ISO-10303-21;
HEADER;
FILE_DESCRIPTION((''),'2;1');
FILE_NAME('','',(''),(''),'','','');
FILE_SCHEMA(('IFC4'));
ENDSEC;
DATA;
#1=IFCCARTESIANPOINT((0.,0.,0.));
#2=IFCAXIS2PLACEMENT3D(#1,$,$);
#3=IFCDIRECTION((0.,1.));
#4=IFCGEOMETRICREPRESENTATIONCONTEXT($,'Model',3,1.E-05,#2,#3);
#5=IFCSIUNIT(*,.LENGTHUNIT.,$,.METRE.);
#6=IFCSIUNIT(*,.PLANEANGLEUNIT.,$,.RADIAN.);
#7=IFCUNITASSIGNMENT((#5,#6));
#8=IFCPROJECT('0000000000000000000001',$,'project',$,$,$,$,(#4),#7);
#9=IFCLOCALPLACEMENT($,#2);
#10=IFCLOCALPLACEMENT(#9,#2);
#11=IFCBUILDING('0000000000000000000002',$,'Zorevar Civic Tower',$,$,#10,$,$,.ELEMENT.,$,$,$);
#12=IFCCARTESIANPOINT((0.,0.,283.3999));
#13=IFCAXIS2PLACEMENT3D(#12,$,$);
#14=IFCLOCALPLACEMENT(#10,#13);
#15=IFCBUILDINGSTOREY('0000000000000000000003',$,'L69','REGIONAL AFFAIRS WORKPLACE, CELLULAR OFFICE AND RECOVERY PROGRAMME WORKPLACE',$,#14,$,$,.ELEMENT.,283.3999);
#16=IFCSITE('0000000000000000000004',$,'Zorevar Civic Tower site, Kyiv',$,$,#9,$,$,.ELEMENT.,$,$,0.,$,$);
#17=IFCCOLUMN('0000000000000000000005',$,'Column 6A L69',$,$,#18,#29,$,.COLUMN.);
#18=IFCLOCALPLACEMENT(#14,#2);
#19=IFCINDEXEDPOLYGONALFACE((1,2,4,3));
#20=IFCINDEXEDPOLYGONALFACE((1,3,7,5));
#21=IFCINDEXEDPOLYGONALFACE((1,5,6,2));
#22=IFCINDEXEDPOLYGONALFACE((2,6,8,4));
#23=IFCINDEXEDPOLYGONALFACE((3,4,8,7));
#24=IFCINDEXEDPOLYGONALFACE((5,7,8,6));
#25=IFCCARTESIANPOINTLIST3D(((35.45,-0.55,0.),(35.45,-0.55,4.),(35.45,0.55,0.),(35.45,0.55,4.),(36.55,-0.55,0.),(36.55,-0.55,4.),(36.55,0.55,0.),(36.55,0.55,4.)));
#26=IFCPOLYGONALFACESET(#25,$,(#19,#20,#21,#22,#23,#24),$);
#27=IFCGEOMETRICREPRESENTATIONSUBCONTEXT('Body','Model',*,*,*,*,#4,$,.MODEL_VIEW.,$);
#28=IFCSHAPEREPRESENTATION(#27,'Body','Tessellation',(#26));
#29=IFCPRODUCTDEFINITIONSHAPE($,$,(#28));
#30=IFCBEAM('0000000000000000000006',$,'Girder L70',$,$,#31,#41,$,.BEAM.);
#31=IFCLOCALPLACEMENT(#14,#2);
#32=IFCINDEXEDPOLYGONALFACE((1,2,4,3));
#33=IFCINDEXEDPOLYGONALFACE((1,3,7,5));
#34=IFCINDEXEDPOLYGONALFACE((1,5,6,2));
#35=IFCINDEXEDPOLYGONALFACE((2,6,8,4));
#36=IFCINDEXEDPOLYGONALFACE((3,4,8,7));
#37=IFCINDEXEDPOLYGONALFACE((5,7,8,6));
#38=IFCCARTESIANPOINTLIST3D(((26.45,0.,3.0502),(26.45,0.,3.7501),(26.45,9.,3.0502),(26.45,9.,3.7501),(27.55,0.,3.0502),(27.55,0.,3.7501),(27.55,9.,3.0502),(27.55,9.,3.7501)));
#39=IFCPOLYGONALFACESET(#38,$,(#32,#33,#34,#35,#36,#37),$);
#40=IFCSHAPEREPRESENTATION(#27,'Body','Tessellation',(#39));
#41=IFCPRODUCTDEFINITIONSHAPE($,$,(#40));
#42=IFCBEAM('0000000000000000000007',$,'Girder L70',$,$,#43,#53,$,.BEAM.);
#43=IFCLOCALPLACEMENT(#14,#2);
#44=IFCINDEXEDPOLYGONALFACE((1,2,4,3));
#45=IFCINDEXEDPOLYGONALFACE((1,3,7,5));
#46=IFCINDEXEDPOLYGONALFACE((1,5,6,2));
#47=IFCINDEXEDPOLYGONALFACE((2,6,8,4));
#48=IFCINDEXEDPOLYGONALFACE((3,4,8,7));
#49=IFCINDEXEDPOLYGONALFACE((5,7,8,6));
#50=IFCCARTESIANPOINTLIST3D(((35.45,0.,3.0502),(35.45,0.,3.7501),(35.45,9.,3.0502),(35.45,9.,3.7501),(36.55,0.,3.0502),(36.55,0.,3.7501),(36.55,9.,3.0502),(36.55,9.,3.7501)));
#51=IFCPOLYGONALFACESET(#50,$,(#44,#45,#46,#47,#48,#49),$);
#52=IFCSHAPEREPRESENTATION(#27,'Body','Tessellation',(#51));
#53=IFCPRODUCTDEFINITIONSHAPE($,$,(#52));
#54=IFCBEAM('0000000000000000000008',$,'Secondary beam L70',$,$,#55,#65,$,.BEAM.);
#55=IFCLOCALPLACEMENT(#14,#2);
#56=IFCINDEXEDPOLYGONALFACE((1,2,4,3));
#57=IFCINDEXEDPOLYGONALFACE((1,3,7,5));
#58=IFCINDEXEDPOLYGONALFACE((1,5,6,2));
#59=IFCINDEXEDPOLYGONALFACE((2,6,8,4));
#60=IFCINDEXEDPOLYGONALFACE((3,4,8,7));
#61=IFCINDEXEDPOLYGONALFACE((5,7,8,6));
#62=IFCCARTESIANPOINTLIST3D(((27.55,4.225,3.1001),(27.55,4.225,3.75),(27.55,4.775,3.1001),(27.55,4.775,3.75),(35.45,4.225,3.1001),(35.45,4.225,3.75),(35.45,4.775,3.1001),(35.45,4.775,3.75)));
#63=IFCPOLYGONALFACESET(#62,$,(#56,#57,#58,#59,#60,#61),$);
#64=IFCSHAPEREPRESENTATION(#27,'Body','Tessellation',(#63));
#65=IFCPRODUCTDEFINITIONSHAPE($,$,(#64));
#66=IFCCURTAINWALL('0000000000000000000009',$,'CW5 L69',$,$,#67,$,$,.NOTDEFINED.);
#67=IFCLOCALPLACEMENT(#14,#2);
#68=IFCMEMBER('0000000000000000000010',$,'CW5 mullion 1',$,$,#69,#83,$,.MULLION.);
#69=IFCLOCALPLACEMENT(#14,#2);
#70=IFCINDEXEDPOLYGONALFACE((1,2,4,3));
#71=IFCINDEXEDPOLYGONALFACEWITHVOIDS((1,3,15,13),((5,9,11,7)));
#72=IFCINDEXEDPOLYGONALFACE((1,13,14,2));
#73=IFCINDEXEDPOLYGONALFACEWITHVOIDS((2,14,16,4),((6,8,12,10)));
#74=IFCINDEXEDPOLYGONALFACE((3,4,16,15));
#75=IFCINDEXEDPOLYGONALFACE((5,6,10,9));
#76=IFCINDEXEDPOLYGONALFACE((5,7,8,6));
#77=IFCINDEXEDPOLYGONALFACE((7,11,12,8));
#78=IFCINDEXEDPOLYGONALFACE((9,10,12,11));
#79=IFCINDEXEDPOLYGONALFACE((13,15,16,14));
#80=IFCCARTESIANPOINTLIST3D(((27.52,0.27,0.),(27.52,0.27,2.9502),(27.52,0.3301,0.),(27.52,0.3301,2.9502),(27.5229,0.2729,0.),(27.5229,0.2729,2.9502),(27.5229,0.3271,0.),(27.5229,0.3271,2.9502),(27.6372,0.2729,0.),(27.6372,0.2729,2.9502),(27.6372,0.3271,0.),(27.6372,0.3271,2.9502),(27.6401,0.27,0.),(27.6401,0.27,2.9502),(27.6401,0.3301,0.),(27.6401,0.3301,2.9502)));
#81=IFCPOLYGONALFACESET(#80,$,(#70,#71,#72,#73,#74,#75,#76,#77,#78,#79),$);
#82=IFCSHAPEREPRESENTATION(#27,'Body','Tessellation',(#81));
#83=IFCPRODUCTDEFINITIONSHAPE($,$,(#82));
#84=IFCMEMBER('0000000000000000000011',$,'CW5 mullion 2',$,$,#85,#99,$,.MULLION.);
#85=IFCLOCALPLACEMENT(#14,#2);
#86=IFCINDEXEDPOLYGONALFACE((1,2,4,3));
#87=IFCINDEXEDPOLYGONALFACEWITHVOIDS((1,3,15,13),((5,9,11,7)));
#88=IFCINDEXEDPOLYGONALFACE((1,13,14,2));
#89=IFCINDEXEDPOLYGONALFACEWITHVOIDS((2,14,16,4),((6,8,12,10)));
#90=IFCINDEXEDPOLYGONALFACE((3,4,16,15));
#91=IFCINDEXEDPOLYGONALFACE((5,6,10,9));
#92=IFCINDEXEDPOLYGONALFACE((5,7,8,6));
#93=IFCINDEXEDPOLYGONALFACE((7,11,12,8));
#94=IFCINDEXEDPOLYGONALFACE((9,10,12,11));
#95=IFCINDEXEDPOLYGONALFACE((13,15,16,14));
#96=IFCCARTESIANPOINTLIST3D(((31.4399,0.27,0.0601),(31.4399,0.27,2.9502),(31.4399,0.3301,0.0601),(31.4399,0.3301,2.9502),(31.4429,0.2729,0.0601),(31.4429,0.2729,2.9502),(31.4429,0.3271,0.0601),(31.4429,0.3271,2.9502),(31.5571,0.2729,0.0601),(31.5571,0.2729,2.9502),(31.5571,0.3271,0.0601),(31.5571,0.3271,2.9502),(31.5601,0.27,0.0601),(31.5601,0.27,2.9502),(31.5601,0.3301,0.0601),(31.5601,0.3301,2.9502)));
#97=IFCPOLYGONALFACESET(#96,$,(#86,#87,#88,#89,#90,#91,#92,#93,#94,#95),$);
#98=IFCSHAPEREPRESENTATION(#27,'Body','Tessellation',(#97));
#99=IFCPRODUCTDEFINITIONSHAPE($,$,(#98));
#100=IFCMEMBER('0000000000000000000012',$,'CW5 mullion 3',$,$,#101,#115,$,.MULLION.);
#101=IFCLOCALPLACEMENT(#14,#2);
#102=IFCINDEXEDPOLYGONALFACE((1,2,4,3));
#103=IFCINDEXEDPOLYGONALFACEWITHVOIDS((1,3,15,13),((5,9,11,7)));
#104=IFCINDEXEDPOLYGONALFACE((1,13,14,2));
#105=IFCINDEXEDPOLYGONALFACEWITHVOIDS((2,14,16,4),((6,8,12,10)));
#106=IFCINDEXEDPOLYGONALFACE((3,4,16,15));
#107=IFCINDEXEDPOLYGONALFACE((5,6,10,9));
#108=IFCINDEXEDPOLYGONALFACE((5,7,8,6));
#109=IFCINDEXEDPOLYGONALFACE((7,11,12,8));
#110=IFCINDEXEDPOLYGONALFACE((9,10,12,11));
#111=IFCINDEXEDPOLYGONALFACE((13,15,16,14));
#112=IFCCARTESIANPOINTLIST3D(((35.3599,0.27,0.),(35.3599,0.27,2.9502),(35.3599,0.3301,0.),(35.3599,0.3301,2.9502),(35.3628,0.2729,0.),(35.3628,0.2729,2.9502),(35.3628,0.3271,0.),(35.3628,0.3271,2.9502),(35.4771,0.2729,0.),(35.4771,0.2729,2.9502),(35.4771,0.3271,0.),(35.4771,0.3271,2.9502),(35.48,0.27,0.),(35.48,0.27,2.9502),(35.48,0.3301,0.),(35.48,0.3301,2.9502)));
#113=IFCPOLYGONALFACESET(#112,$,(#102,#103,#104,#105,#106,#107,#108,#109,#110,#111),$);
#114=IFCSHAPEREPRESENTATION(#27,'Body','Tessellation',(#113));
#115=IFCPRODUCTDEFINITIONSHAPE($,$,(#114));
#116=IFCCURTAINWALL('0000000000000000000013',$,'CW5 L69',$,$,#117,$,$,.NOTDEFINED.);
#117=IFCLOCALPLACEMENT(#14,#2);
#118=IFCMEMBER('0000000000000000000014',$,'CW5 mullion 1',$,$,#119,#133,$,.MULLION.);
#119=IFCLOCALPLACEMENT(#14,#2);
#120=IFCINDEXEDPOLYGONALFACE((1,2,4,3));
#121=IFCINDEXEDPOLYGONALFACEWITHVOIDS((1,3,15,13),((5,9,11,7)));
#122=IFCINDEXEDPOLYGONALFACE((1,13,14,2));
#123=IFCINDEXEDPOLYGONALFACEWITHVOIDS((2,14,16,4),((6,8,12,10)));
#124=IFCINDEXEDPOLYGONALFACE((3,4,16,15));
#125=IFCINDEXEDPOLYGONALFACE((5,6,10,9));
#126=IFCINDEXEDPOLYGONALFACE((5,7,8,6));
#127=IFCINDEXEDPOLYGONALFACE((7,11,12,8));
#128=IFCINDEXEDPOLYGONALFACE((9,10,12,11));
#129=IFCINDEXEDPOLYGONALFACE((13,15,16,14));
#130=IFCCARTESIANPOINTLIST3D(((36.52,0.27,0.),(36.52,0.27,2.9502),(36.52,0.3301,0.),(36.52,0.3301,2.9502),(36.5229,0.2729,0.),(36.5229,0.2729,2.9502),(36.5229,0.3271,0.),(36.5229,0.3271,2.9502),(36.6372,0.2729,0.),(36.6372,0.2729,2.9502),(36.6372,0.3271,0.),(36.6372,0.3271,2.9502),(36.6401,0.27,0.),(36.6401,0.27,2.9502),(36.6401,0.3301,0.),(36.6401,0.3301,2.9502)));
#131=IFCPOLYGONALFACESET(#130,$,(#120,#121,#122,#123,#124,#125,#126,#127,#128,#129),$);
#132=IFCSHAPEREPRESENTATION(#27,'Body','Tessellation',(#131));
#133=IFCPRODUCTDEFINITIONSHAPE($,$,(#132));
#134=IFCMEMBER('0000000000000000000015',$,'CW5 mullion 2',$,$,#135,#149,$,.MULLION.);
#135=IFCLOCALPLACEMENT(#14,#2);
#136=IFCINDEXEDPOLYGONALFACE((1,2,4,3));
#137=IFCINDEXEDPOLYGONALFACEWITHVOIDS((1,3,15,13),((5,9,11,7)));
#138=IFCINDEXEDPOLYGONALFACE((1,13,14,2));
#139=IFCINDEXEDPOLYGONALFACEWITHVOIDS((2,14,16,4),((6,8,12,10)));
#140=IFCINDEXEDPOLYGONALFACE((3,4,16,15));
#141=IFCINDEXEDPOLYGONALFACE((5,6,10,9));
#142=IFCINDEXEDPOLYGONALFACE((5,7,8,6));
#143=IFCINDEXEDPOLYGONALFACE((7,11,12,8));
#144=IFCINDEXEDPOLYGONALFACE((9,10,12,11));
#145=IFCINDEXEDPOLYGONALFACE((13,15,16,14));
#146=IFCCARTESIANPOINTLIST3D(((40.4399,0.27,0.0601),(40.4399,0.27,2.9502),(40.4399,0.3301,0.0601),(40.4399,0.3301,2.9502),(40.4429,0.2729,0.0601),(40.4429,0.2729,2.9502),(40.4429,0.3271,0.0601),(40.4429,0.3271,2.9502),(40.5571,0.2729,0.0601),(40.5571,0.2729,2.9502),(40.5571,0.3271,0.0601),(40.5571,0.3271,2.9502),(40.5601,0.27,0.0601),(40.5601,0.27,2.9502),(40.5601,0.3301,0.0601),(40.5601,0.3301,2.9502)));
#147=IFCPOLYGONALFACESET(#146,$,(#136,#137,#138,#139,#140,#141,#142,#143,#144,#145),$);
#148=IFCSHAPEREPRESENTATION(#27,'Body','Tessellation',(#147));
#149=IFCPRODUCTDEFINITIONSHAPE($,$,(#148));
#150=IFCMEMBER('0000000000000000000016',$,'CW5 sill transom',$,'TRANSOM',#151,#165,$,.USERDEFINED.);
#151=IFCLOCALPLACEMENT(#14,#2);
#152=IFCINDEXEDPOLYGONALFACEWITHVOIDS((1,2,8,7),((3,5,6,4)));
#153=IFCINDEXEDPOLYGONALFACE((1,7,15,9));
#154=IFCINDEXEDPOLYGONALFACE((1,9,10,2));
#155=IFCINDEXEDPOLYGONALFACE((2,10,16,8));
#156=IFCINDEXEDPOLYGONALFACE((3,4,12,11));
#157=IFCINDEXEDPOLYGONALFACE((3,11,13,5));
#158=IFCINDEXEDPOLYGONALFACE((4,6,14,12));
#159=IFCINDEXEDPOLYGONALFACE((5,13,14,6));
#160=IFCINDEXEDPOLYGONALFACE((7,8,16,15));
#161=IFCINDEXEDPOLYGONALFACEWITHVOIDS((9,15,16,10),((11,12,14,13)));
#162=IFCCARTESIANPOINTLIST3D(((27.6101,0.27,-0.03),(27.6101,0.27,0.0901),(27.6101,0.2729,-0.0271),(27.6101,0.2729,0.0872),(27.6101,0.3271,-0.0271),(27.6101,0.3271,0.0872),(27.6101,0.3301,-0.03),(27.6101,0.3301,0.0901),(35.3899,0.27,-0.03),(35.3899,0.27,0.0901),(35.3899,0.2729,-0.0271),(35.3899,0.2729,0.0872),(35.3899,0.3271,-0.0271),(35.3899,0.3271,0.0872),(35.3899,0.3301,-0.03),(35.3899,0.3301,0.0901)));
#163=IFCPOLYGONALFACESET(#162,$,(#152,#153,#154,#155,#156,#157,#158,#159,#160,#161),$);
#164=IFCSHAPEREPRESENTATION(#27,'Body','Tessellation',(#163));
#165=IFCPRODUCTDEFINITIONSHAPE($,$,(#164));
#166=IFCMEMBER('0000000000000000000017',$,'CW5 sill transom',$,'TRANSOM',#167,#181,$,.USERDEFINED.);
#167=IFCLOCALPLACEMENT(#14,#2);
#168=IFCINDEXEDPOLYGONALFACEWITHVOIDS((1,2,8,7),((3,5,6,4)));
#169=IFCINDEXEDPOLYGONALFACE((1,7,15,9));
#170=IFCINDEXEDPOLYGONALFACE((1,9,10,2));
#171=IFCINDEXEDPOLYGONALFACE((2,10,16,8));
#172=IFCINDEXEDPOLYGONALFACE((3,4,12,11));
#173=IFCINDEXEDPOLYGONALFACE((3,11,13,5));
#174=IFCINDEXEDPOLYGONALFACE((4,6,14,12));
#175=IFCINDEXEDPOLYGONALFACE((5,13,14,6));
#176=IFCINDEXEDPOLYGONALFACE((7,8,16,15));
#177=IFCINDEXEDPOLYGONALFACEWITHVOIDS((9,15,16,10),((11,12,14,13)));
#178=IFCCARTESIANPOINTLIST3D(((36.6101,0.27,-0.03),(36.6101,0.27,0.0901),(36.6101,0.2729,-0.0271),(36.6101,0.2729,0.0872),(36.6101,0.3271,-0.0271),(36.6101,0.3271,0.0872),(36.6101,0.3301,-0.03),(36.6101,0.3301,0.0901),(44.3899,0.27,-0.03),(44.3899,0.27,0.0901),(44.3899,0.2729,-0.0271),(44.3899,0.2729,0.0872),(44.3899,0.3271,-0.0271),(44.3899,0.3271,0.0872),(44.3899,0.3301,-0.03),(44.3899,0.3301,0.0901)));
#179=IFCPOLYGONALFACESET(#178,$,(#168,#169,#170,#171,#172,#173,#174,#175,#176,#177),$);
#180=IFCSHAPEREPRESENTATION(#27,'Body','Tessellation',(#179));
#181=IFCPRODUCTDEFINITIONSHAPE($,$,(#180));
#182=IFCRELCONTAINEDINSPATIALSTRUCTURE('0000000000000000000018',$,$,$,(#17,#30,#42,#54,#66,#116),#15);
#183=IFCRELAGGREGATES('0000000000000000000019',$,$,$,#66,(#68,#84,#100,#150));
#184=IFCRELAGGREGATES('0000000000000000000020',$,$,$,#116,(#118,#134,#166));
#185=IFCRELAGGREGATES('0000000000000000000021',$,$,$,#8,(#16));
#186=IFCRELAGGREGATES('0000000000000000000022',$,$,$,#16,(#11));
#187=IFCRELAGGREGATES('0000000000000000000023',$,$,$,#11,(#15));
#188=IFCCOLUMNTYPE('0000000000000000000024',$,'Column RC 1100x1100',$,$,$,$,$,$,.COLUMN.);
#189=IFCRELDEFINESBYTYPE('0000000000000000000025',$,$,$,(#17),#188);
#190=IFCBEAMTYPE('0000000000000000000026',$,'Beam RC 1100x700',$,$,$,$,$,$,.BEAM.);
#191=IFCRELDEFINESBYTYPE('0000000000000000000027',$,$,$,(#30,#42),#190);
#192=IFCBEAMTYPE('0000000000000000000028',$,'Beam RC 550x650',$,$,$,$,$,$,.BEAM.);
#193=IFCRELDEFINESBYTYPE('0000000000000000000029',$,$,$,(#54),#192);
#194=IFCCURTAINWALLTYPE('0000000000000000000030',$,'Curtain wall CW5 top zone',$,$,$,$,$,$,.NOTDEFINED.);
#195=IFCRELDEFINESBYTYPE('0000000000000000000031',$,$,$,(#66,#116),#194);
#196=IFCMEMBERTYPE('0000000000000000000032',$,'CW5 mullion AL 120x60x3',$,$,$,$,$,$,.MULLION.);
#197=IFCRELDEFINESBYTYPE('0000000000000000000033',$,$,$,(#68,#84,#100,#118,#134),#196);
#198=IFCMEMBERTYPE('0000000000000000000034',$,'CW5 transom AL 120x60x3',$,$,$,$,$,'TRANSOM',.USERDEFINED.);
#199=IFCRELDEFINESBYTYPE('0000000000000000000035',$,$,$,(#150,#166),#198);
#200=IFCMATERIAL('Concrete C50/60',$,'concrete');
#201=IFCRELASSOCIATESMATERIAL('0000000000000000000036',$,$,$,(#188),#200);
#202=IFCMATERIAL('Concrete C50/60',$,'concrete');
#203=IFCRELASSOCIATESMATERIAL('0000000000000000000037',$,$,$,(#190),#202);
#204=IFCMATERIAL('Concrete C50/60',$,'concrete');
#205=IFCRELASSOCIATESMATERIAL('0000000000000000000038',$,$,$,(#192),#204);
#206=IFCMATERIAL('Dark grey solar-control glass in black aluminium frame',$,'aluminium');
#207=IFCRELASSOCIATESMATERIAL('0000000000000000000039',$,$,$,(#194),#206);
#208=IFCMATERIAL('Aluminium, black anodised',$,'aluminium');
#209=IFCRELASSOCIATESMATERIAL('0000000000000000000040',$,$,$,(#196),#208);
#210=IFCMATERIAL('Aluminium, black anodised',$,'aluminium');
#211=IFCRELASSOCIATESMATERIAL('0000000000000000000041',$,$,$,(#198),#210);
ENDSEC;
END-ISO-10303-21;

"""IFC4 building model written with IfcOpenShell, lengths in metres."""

from ifc_helpers import new_model, si_unit, direction, frame, origin, origin_2d, place, context, subcontext, project, spatial, rectangle, hollow_rectangle, extrude, material, material_profile, profile_set, type_object, element, aggregate, save


model = new_model("IFC4")

# Units and contexts
model_context = context("Model", 3, precision=1e-05, world=origin(), true_north=direction((0.0, 1.0)))
body_context = subcontext(model_context, "Body", "Model", "MODEL_VIEW")
ifc_project = project(units=[si_unit("LENGTHUNIT", "METRE"), si_unit("PLANEANGLEUNIT", "RADIAN")], contexts=[model_context])

# Site, building, storey
site_placement = place(None, origin())
site = spatial("IfcSite", under=ifc_project, at=site_placement, Name="Zorevar Civic Tower site, Kyiv", CompositionType="ELEMENT", RefElevation=0.0)
building_placement = place(site_placement, origin())
building = spatial("IfcBuilding", under=site, at=building_placement, Name="Zorevar Civic Tower", CompositionType="ELEMENT")
storey_placement = place(building_placement, frame((0.0, 0.0, 283.3999)))
storey = spatial("IfcBuildingStorey", under=building, at=storey_placement, Name="L69", Description="REGIONAL AFFAIRS WORKPLACE, CELLULAR OFFICE AND RECOVERY PROGRAMME WORKPLACE", CompositionType="ELEMENT", Elevation=283.3999)

# Column
ifc_material_1 = material(Name="Concrete C50/60", Category="concrete")
ifc_material_profile_1 = material_profile(ifc_material_1, rectangle(XDim=1.1001, YDim=1.1001, at=origin_2d()), Name="RC 1100x1100")
ifc_profile_set_1 = profile_set([ifc_material_profile_1], Name="Concrete C50/60")
column_type = type_object("IfcColumnType", Name="Column RC 1100x1100", PredefinedType="COLUMN", material=ifc_profile_set_1)
column_placement = place(storey_placement, frame((36.0, 0.0, 0.0), z_axis=(0.0, 0.0, 1.0), x_axis=(1.0, 0.0, 0.0)))
element("IfcColumn", 1, at=column_placement, inside=storey, type_object=column_type, Name="Column 6A L69", PredefinedType="COLUMN", context=body_context, shape_type="SweptSolid", body=[
    extrude(rectangle(XDim=1.1001, YDim=1.1001, at=origin_2d()), origin(), (0.0, 0.0, 1.0), 4.0),
])

# Beams
ifc_material_2 = material(Name="Concrete C50/60", Category="concrete")
ifc_material_profile_2 = material_profile(ifc_material_2, rectangle(XDim=1.1001, YDim=0.7, at=origin_2d()), Name="RC 1100x700")
ifc_profile_set_2 = profile_set([ifc_material_profile_2], Name="Concrete C50/60")
beam_type_1 = type_object("IfcBeamType", Name="Beam RC 1100x700", PredefinedType="BEAM", material=ifc_profile_set_2)
for number, where, z_axis, x_axis, name in (
    (2, (27.0, 0.0, 3.4001), (0.0, 1.0, 0.0), (-1.0, 0.0, 0.0), "Girder L70"),
    (3, (36.0, 0.0, 3.4001), (0.0, 1.0, 0.0), (-1.0, 0.0, 0.0), "Girder L70"),
):
    element("IfcBeam", number, at=place(storey_placement, frame(where, z_axis=z_axis, x_axis=x_axis)), inside=storey, type_object=beam_type_1, Name=name, PredefinedType="BEAM", context=body_context, shape_type="SweptSolid", body=[
        extrude(rectangle(XDim=1.1001, YDim=0.7, at=origin_2d()), origin(), (0.0, 0.0, 1.0), 9.0),
    ])
ifc_material_3 = material(Name="Concrete C50/60", Category="concrete")
ifc_material_profile_3 = material_profile(ifc_material_3, rectangle(XDim=0.55, YDim=0.6499, at=origin_2d()), Name="RC 550x650")
ifc_profile_set_3 = profile_set([ifc_material_profile_3], Name="Concrete C50/60")
beam_type_2 = type_object("IfcBeamType", Name="Beam RC 550x650", PredefinedType="BEAM", material=ifc_profile_set_3)
beam_1_placement = place(storey_placement, frame((27.55, 4.5, 3.425), z_axis=(1.0, 0.0, 0.0), x_axis=(0.0, 1.0, 0.0)))
element("IfcBeam", 4, at=beam_1_placement, inside=storey, type_object=beam_type_2, Name="Secondary beam L70", PredefinedType="BEAM", context=body_context, shape_type="SweptSolid", body=[
    extrude(rectangle(XDim=0.55, YDim=0.6499, at=origin_2d()), origin(), (0.0, 0.0, 1.0), 7.8999),
])

# Curtain walls, members
ifc_material_4 = material(Name="Dark grey solar-control glass in black aluminium frame", Category="aluminium")
curtain_wall_type = type_object("IfcCurtainWallType", Name="Curtain wall CW5 top zone", PredefinedType="NOTDEFINED", material=ifc_material_4)
curtain_wall_1_placement = place(storey_placement, origin())
curtain_wall_1 = element("IfcCurtainWall", 5, at=curtain_wall_1_placement, inside=storey, type_object=curtain_wall_type, Name="CW5 L69", PredefinedType="NOTDEFINED")
ifc_material_5 = material(Name="Aluminium, black anodised", Category="aluminium")
ifc_material_profile_4 = material_profile(ifc_material_5, hollow_rectangle(XDim=0.0601, YDim=0.1201, WallThickness=0.0029, at=origin_2d()), Name="AL 120x60x3")
ifc_profile_set_4 = profile_set([ifc_material_profile_4], Name="Aluminium, black anodised")
member_type_1 = type_object("IfcMemberType", Name="CW5 mullion AL 120x60x3", PredefinedType="MULLION", material=ifc_profile_set_4)
member_1_placement = place(storey_placement, frame((27.5801, 0.3, 0.0), z_axis=(0.0, 0.0, 1.0), x_axis=(0.0, 1.0, 0.0)))
member_1 = element("IfcMember", 6, at=member_1_placement, type_object=member_type_1, Name="CW5 mullion 1", PredefinedType="MULLION", context=body_context, shape_type="SweptSolid", body=[
    extrude(hollow_rectangle(XDim=0.0601, YDim=0.1201, WallThickness=0.0029, at=origin_2d()), origin(), (0.0, 0.0, 1.0), 2.9502),
])
member_2_placement = place(storey_placement, frame((31.5, 0.3, 0.0601), z_axis=(0.0, 0.0, 1.0), x_axis=(0.0, 1.0, 0.0)))
member_2 = element("IfcMember", 7, at=member_2_placement, type_object=member_type_1, Name="CW5 mullion 2", PredefinedType="MULLION", context=body_context, shape_type="SweptSolid", body=[
    extrude(hollow_rectangle(XDim=0.0601, YDim=0.1201, WallThickness=0.0029, at=origin_2d()), origin(), (0.0, 0.0, 1.0), 2.8901),
])
member_3_placement = place(storey_placement, frame((35.4199, 0.3, 0.0), z_axis=(0.0, 0.0, 1.0), x_axis=(0.0, 1.0, 0.0)))
member_3 = element("IfcMember", 8, at=member_3_placement, type_object=member_type_1, Name="CW5 mullion 3", PredefinedType="MULLION", context=body_context, shape_type="SweptSolid", body=[
    extrude(hollow_rectangle(XDim=0.0601, YDim=0.1201, WallThickness=0.0029, at=origin_2d()), origin(), (0.0, 0.0, 1.0), 2.9502),
])
curtain_wall_2_placement = place(storey_placement, origin())
curtain_wall_2 = element("IfcCurtainWall", 9, at=curtain_wall_2_placement, inside=storey, type_object=curtain_wall_type, Name="CW5 L69", PredefinedType="NOTDEFINED")
member_4_placement = place(storey_placement, frame((36.5801, 0.3, 0.0), z_axis=(0.0, 0.0, 1.0), x_axis=(0.0, 1.0, 0.0)))
member_4 = element("IfcMember", 10, at=member_4_placement, type_object=member_type_1, Name="CW5 mullion 1", PredefinedType="MULLION", context=body_context, shape_type="SweptSolid", body=[
    extrude(hollow_rectangle(XDim=0.0601, YDim=0.1201, WallThickness=0.0029, at=origin_2d()), origin(), (0.0, 0.0, 1.0), 2.9502),
])
member_5_placement = place(storey_placement, frame((40.5, 0.3, 0.0601), z_axis=(0.0, 0.0, 1.0), x_axis=(0.0, 1.0, 0.0)))
member_5 = element("IfcMember", 11, at=member_5_placement, type_object=member_type_1, Name="CW5 mullion 2", PredefinedType="MULLION", context=body_context, shape_type="SweptSolid", body=[
    extrude(hollow_rectangle(XDim=0.0601, YDim=0.1201, WallThickness=0.0029, at=origin_2d()), origin(), (0.0, 0.0, 1.0), 2.8901),
])

# Members
ifc_material_6 = material(Name="Aluminium, black anodised", Category="aluminium")
ifc_material_profile_5 = material_profile(ifc_material_6, hollow_rectangle(XDim=0.0601, YDim=0.1201, WallThickness=0.0029, at=origin_2d()), Name="AL 120x60x3")
ifc_profile_set_5 = profile_set([ifc_material_profile_5], Name="Aluminium, black anodised")
member_type_2 = type_object("IfcMemberType", Name="CW5 transom AL 120x60x3", ElementType="TRANSOM", PredefinedType="USERDEFINED", material=ifc_profile_set_5)
member_6_placement = place(storey_placement, frame((27.6101, 0.3, 0.03), z_axis=(1.0, 0.0, 0.0), x_axis=(0.0, 1.0, 0.0)))
member_6 = element("IfcMember", 12, at=member_6_placement, type_object=member_type_2, Name="CW5 sill transom", ObjectType="TRANSOM", PredefinedType="USERDEFINED", context=body_context, shape_type="SweptSolid", body=[
    extrude(hollow_rectangle(XDim=0.0601, YDim=0.1201, WallThickness=0.0029, at=origin_2d()), origin(), (0.0, 0.0, 1.0), 7.7798),
])
member_7_placement = place(storey_placement, frame((36.6101, 0.3, 0.03), z_axis=(1.0, 0.0, 0.0), x_axis=(0.0, 1.0, 0.0)))
member_7 = element("IfcMember", 13, at=member_7_placement, type_object=member_type_2, Name="CW5 sill transom", ObjectType="TRANSOM", PredefinedType="USERDEFINED", context=body_context, shape_type="SweptSolid", body=[
    extrude(hollow_rectangle(XDim=0.0601, YDim=0.1201, WallThickness=0.0029, at=origin_2d()), origin(), (0.0, 0.0, 1.0), 7.7798),
])

aggregate(curtain_wall_1, [member_1, member_2, member_3, member_6])
aggregate(curtain_wall_2, [member_4, member_5, member_7])

save(model, "model.ifc")
